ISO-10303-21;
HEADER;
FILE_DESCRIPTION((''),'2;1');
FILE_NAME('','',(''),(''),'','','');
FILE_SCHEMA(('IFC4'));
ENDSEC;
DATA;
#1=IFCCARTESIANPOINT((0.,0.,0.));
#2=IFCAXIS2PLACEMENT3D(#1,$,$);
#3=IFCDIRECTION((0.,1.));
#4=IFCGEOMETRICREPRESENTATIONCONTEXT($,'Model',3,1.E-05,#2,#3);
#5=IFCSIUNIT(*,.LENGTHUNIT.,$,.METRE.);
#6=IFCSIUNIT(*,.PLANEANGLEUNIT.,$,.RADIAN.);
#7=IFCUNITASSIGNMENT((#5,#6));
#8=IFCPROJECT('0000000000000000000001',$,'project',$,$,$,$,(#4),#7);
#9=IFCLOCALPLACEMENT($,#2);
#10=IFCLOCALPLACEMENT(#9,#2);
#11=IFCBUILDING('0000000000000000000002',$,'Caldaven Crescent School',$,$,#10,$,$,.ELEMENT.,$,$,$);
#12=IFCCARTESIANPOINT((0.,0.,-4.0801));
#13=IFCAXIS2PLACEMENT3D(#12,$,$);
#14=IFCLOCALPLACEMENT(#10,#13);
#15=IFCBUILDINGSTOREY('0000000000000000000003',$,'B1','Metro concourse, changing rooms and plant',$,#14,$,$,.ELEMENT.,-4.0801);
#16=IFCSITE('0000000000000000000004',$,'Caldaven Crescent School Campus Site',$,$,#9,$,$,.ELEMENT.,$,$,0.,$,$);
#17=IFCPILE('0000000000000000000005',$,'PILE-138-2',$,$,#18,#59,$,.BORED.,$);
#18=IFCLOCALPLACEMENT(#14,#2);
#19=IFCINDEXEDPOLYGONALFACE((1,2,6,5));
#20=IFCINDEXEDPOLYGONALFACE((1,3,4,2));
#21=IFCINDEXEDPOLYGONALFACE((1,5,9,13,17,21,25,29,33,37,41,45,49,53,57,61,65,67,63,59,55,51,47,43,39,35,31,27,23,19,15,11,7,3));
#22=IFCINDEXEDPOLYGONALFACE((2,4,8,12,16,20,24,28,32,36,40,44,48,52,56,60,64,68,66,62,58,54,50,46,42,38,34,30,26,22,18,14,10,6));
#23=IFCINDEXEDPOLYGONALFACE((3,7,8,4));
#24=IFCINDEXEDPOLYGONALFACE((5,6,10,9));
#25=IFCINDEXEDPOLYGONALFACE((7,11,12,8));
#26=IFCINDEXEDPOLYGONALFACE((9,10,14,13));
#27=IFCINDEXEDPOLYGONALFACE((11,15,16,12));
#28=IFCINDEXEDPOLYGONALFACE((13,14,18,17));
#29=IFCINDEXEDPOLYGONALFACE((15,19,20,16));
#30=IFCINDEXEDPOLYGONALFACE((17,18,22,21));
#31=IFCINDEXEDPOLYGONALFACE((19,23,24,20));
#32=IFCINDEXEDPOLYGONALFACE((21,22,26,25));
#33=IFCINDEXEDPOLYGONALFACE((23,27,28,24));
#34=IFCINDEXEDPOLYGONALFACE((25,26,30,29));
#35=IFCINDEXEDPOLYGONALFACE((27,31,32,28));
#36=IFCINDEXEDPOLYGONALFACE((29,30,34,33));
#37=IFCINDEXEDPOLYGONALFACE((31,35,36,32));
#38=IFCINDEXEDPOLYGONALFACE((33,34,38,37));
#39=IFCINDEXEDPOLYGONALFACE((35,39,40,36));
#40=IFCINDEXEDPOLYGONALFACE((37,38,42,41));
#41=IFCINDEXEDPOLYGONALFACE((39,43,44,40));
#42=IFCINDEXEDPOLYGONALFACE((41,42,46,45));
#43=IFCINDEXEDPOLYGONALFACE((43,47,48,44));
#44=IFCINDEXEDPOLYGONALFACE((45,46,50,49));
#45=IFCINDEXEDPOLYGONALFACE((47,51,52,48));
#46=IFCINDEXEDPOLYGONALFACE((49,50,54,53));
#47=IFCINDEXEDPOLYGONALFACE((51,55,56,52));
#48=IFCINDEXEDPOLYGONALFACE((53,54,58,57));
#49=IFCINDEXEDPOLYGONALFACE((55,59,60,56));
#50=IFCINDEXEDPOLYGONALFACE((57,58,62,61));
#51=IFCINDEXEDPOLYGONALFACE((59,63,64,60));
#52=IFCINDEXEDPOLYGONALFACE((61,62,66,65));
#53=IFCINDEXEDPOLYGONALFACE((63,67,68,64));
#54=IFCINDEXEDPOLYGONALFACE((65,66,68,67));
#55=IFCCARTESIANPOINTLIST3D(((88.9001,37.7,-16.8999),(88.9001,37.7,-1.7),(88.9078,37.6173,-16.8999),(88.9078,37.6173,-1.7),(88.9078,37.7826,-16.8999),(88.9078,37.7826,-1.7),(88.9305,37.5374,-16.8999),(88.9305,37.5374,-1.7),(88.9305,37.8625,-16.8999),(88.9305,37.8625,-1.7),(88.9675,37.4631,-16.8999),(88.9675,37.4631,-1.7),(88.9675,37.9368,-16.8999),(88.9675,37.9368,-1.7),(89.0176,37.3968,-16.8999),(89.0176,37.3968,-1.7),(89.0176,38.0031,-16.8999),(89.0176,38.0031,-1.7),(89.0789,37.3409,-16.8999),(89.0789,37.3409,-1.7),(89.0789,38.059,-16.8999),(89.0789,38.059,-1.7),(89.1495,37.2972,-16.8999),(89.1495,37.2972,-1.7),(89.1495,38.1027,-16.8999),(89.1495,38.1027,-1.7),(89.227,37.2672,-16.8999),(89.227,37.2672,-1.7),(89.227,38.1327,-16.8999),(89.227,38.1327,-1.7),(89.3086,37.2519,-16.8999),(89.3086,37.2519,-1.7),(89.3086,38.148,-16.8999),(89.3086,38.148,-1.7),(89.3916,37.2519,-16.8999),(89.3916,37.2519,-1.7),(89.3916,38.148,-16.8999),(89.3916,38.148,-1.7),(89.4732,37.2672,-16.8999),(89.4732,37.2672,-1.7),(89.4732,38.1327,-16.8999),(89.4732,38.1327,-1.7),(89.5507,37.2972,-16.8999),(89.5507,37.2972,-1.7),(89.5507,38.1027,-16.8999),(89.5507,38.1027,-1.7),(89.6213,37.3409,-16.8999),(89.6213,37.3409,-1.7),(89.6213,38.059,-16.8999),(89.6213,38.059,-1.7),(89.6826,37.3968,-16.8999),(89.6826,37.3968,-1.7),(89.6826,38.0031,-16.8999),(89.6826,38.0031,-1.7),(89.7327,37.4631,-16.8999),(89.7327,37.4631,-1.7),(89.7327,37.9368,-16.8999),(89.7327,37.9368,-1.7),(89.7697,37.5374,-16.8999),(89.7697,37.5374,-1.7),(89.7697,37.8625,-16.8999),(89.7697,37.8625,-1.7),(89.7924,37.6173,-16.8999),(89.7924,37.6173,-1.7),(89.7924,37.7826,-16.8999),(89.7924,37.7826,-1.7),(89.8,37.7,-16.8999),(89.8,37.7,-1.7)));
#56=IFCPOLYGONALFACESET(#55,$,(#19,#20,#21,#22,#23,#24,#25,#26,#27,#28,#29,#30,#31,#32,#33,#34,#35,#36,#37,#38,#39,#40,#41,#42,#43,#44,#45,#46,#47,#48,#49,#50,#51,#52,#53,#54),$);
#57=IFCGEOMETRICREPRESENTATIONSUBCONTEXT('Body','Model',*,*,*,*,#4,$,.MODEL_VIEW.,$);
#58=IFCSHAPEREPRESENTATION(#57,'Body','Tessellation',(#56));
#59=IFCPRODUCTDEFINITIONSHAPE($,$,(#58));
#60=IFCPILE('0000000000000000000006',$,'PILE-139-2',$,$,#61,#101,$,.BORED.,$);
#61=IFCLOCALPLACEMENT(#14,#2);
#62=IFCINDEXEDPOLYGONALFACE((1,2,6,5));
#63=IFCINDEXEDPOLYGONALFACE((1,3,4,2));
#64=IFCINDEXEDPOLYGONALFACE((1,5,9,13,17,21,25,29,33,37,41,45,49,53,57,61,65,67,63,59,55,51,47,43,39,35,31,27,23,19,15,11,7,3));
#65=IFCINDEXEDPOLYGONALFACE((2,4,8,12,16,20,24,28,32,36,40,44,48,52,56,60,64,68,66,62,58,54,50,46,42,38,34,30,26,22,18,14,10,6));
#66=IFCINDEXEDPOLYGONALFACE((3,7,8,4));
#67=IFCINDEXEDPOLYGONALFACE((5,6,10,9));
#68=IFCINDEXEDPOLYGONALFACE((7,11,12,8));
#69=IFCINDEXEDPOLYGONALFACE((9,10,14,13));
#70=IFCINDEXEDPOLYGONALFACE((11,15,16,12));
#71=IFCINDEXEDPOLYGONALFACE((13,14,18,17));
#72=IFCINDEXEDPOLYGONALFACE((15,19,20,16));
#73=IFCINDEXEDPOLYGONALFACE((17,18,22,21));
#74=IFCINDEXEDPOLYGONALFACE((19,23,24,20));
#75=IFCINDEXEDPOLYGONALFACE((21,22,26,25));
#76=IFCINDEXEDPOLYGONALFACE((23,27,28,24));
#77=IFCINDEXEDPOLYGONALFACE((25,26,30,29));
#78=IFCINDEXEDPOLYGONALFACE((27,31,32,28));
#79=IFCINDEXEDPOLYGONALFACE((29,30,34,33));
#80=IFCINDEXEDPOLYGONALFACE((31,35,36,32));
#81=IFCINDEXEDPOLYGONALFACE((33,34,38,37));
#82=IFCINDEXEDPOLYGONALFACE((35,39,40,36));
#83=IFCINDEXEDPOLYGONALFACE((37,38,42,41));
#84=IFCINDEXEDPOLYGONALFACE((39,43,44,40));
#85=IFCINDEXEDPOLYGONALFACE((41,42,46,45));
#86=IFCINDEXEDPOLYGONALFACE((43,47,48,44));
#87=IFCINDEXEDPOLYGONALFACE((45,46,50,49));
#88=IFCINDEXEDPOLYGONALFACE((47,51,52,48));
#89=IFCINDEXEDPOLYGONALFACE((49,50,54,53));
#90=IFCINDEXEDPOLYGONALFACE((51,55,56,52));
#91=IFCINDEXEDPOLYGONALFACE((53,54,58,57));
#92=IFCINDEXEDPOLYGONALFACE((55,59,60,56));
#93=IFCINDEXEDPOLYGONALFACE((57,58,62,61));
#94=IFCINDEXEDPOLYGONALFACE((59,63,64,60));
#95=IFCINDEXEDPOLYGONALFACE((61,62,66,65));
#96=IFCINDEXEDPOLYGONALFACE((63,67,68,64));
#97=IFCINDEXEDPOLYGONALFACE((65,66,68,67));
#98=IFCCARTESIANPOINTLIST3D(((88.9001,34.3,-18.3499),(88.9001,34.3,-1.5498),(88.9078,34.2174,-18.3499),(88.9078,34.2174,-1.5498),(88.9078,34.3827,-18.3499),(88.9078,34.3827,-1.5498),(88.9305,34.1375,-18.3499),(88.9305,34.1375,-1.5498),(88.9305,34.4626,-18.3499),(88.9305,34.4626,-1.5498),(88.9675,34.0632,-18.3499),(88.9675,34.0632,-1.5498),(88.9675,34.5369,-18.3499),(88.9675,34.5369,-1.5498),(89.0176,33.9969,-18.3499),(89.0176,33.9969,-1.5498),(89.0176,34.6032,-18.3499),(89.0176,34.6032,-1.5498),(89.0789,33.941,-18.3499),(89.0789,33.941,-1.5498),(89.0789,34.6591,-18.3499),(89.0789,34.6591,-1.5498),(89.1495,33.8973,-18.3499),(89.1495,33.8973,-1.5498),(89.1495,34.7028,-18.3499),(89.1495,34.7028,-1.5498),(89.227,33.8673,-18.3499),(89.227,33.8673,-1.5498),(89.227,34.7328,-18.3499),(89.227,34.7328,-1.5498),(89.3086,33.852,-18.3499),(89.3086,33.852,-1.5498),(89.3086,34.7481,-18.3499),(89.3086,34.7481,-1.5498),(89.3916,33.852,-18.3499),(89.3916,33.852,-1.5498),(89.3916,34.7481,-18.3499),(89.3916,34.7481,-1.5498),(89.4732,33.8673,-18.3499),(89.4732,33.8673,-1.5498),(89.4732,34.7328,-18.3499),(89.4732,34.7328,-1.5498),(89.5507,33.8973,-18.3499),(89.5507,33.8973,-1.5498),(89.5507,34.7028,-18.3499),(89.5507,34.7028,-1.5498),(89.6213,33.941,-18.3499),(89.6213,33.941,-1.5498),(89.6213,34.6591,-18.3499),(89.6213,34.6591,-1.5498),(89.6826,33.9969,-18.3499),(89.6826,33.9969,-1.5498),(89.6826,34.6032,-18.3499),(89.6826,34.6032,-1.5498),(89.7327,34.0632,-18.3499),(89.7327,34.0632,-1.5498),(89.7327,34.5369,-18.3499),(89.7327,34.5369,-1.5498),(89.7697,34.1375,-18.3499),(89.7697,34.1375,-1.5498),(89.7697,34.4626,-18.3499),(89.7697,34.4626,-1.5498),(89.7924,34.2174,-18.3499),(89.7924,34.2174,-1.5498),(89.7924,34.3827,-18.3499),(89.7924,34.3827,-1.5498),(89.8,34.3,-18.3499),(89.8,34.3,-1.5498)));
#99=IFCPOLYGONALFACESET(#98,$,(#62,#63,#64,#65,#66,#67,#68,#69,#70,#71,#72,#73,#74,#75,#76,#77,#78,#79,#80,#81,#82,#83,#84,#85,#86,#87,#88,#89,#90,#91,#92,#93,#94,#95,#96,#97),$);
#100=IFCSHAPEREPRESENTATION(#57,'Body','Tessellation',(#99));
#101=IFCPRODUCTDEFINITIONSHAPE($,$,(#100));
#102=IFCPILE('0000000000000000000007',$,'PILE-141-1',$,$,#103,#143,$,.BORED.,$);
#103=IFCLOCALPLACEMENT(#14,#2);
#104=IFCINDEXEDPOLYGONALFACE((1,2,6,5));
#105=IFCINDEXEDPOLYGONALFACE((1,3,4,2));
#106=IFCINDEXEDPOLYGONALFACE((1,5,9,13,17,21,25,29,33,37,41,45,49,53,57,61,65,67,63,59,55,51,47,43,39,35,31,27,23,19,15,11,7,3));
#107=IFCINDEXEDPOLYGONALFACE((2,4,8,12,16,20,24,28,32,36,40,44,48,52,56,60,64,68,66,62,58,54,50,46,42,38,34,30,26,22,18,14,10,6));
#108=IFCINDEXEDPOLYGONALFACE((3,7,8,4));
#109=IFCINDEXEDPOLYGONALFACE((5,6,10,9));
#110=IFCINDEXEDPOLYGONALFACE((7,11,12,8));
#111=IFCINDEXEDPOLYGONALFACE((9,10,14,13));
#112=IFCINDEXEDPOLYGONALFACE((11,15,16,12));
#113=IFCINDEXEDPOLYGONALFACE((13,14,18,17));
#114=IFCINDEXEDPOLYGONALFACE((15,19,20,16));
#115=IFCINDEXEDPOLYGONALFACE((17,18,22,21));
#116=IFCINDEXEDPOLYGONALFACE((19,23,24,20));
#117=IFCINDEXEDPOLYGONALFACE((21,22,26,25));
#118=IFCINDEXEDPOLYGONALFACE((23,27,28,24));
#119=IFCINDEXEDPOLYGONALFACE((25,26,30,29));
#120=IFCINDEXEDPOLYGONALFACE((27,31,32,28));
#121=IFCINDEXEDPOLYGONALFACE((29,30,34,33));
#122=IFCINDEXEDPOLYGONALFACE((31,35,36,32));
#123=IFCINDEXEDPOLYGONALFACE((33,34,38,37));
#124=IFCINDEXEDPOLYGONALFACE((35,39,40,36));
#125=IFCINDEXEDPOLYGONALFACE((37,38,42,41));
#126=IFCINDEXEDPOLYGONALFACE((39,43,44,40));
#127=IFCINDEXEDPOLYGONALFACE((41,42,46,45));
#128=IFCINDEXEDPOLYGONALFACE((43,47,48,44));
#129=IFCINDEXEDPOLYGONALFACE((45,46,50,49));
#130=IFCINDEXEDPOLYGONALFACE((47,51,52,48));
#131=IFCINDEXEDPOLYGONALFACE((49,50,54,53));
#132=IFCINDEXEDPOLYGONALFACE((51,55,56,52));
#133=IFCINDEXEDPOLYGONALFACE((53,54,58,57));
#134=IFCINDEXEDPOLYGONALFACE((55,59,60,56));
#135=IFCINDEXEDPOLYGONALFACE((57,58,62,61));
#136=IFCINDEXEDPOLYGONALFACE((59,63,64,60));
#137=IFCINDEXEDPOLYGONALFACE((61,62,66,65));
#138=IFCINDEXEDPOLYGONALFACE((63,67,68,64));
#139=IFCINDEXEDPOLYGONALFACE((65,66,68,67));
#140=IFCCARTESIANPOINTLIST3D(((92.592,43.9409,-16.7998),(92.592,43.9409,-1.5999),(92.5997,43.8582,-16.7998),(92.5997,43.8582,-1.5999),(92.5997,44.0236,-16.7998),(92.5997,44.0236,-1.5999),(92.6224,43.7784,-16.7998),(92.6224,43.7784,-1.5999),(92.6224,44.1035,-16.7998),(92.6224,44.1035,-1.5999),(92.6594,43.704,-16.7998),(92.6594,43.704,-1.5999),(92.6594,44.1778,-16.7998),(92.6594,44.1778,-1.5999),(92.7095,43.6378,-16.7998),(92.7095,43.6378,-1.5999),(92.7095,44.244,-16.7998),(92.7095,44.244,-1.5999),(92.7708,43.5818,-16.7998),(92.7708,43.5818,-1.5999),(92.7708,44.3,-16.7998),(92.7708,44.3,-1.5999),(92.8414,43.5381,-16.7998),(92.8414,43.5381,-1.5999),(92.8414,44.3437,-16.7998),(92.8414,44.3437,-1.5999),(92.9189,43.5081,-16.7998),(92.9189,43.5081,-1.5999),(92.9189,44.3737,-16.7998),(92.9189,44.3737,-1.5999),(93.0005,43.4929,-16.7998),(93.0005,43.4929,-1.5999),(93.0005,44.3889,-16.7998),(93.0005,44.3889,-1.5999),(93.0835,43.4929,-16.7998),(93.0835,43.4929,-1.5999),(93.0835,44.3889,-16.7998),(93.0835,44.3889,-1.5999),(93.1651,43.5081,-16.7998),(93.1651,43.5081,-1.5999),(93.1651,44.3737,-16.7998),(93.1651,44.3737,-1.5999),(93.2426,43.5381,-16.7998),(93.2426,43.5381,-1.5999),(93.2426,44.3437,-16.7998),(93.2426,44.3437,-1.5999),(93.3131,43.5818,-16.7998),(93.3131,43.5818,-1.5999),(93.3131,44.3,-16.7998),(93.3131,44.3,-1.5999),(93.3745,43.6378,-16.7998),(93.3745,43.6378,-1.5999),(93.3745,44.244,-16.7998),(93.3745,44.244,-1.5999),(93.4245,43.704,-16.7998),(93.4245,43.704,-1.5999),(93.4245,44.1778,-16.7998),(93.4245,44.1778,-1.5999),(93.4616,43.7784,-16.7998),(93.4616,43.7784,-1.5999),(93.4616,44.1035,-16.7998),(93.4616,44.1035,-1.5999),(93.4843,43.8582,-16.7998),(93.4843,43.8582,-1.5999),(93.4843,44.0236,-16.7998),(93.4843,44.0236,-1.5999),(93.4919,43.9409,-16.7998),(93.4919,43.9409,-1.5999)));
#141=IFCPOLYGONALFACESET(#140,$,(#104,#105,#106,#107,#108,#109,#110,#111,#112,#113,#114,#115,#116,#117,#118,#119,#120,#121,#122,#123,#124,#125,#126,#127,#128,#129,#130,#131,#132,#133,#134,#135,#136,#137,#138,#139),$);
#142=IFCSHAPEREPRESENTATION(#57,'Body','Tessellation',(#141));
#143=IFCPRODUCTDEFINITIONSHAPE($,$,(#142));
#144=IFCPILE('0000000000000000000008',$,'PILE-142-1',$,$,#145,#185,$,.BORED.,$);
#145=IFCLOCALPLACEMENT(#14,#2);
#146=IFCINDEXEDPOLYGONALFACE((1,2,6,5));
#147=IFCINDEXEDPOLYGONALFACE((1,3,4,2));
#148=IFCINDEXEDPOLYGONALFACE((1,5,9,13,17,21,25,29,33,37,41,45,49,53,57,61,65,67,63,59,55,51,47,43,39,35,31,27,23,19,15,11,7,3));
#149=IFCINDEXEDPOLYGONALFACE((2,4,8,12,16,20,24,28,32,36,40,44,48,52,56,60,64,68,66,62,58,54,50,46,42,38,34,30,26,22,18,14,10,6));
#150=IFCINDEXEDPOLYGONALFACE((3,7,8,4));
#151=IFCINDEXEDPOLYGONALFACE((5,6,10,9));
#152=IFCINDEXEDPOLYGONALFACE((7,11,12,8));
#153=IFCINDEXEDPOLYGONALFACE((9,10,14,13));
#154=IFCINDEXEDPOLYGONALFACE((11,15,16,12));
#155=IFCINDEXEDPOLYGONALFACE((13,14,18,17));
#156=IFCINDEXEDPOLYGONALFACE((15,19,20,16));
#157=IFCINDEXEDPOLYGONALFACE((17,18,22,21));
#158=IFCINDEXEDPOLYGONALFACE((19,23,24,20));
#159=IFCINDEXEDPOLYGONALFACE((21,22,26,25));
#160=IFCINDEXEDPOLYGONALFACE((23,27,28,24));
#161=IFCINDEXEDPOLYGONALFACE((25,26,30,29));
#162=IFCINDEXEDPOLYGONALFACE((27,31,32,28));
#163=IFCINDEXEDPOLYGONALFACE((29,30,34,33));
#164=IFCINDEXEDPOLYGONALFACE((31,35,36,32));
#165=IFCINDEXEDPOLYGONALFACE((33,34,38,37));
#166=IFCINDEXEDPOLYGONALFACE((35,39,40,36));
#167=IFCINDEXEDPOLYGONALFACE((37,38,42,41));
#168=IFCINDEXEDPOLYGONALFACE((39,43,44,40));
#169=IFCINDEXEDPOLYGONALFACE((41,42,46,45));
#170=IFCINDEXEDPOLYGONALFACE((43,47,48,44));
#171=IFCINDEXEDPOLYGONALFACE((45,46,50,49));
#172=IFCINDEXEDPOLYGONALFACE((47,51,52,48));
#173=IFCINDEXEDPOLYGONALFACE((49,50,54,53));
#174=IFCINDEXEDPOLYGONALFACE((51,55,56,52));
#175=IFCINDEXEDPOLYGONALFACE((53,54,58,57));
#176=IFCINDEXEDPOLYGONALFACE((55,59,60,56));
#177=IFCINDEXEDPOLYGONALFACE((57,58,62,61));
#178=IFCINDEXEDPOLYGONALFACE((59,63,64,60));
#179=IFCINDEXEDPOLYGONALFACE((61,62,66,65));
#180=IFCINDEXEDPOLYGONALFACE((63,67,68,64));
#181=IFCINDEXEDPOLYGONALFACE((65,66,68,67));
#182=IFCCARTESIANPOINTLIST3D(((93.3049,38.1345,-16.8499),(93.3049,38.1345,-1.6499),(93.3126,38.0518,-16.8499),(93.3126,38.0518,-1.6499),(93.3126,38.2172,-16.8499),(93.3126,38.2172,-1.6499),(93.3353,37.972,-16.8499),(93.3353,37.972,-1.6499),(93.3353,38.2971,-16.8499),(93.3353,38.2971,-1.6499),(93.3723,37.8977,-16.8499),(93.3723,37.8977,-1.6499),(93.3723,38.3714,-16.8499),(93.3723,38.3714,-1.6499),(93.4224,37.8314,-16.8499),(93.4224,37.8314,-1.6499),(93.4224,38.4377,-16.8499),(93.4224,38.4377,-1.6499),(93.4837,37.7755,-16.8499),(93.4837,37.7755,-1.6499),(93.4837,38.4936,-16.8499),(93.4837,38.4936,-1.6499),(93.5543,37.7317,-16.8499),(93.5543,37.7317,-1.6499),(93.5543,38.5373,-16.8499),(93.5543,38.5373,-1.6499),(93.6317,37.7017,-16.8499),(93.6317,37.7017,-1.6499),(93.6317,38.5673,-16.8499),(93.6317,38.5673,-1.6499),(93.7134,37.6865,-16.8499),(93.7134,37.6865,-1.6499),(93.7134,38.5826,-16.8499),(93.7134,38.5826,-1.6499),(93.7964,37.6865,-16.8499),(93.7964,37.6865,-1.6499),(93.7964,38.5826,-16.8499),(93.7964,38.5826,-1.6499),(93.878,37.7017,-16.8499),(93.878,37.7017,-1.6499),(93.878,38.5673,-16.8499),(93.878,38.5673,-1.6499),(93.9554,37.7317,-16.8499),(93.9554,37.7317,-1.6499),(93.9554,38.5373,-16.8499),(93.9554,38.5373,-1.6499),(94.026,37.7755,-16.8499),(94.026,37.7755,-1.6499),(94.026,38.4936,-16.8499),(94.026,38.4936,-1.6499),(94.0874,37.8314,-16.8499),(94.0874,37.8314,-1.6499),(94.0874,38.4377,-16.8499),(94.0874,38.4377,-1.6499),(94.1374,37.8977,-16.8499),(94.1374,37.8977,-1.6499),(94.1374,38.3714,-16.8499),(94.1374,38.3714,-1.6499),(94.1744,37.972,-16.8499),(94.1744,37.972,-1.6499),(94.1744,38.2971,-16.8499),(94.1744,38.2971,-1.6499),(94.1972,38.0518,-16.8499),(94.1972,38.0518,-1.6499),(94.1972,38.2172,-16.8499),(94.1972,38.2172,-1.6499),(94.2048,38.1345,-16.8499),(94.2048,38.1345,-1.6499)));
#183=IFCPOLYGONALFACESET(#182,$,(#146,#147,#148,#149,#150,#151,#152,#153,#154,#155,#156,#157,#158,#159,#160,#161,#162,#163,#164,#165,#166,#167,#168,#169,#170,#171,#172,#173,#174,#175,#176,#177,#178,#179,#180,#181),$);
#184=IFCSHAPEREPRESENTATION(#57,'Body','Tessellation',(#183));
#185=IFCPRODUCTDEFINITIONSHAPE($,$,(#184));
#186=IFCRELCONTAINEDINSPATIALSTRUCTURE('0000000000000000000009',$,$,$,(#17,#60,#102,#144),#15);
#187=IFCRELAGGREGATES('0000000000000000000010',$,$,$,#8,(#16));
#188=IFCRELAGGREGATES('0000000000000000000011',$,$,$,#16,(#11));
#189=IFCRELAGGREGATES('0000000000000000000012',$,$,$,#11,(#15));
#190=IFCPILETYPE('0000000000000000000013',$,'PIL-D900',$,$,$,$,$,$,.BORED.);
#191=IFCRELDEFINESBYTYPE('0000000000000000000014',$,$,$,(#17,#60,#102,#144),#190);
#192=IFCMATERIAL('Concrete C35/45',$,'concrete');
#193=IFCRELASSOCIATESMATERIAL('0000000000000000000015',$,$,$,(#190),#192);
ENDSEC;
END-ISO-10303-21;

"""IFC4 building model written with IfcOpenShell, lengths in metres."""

from ifc_helpers import new_model, si_unit, direction, frame, origin, origin_2d, place, context, subcontext, project, spatial, circle, extrude, material, material_profile, profile_set, type_object, element, save


model = new_model("IFC4")

# Units and contexts
model_context = context("Model", 3, precision=1e-05, world=origin(), true_north=direction((0.0, 1.0)))
body_context = subcontext(model_context, "Body", "Model", "MODEL_VIEW")
ifc_project = project(units=[si_unit("LENGTHUNIT", "METRE"), si_unit("PLANEANGLEUNIT", "RADIAN")], contexts=[model_context])

# Site, building, storey
site_placement = place(None, origin())
site = spatial("IfcSite", under=ifc_project, at=site_placement, Name="Caldaven Crescent School Campus Site", CompositionType="ELEMENT", RefElevation=0.0)
building_placement = place(site_placement, origin())
building = spatial("IfcBuilding", under=site, at=building_placement, Name="Caldaven Crescent School", CompositionType="ELEMENT")
storey_placement = place(building_placement, frame((0.0, 0.0, -4.0801)))
storey = spatial("IfcBuildingStorey", under=building, at=storey_placement, Name="B1", Description="Metro concourse, changing rooms and plant", CompositionType="ELEMENT", Elevation=-4.0801)

# Shared definitions
ifc_material_1 = material(Name="Concrete C35/45", Category="concrete")

# Piles
ifc_material_profile_1 = material_profile(ifc_material_1, circle(Radius=0.45, at=origin_2d()), Name="PILE D900")
ifc_profile_set_1 = profile_set([ifc_material_profile_1], Name="Concrete C35/45")
pile_type = type_object("IfcPileType", Name="PIL-D900", PredefinedType="BORED", material=ifc_profile_set_1)
for number, where, z_axis, x_axis, name in (
    (1, (89.3501, 37.7, -1.7), (0.0, 0.0, -1.0), (1.0, 0.0, 0.0), "PILE-138-2"),
):
    element("IfcPile", number, at=place(storey_placement, frame(where, z_axis=z_axis, x_axis=x_axis)), inside=storey, type_object=pile_type, Name=name, PredefinedType="BORED", context=body_context, shape_type="SweptSolid", body=[
        extrude(circle(Radius=0.45, at=origin_2d()), origin(), (0.0, 0.0, 1.0), 15.2),
    ])
pile_1_placement = place(storey_placement, frame((89.3501, 34.3, -1.5498), z_axis=(0.0, 0.0, -1.0), x_axis=(1.0, 0.0, 0.0)))
element("IfcPile", 2, at=pile_1_placement, inside=storey, type_object=pile_type, Name="PILE-139-2", PredefinedType="BORED", context=body_context, shape_type="SweptSolid", body=[
    extrude(circle(Radius=0.45, at=origin_2d()), origin(), (0.0, 0.0, 1.0), 16.8),
])
for number, where, z_axis, x_axis, name in (
    (3, (93.042, 43.9409, -1.5999), (0.0, 0.0, -1.0), (1.0, 0.0, 0.0), "PILE-141-1"),
    (4, (93.7549, 38.1345, -1.6499), (0.0, 0.0, -1.0), (1.0, 0.0, 0.0), "PILE-142-1"),
):
    element("IfcPile", number, at=place(storey_placement, frame(where, z_axis=z_axis, x_axis=x_axis)), inside=storey, type_object=pile_type, Name=name, PredefinedType="BORED", context=body_context, shape_type="SweptSolid", body=[
        extrude(circle(Radius=0.45, at=origin_2d()), origin(), (0.0, 0.0, 1.0), 15.2),
    ])

save(model, "model.ifc")
